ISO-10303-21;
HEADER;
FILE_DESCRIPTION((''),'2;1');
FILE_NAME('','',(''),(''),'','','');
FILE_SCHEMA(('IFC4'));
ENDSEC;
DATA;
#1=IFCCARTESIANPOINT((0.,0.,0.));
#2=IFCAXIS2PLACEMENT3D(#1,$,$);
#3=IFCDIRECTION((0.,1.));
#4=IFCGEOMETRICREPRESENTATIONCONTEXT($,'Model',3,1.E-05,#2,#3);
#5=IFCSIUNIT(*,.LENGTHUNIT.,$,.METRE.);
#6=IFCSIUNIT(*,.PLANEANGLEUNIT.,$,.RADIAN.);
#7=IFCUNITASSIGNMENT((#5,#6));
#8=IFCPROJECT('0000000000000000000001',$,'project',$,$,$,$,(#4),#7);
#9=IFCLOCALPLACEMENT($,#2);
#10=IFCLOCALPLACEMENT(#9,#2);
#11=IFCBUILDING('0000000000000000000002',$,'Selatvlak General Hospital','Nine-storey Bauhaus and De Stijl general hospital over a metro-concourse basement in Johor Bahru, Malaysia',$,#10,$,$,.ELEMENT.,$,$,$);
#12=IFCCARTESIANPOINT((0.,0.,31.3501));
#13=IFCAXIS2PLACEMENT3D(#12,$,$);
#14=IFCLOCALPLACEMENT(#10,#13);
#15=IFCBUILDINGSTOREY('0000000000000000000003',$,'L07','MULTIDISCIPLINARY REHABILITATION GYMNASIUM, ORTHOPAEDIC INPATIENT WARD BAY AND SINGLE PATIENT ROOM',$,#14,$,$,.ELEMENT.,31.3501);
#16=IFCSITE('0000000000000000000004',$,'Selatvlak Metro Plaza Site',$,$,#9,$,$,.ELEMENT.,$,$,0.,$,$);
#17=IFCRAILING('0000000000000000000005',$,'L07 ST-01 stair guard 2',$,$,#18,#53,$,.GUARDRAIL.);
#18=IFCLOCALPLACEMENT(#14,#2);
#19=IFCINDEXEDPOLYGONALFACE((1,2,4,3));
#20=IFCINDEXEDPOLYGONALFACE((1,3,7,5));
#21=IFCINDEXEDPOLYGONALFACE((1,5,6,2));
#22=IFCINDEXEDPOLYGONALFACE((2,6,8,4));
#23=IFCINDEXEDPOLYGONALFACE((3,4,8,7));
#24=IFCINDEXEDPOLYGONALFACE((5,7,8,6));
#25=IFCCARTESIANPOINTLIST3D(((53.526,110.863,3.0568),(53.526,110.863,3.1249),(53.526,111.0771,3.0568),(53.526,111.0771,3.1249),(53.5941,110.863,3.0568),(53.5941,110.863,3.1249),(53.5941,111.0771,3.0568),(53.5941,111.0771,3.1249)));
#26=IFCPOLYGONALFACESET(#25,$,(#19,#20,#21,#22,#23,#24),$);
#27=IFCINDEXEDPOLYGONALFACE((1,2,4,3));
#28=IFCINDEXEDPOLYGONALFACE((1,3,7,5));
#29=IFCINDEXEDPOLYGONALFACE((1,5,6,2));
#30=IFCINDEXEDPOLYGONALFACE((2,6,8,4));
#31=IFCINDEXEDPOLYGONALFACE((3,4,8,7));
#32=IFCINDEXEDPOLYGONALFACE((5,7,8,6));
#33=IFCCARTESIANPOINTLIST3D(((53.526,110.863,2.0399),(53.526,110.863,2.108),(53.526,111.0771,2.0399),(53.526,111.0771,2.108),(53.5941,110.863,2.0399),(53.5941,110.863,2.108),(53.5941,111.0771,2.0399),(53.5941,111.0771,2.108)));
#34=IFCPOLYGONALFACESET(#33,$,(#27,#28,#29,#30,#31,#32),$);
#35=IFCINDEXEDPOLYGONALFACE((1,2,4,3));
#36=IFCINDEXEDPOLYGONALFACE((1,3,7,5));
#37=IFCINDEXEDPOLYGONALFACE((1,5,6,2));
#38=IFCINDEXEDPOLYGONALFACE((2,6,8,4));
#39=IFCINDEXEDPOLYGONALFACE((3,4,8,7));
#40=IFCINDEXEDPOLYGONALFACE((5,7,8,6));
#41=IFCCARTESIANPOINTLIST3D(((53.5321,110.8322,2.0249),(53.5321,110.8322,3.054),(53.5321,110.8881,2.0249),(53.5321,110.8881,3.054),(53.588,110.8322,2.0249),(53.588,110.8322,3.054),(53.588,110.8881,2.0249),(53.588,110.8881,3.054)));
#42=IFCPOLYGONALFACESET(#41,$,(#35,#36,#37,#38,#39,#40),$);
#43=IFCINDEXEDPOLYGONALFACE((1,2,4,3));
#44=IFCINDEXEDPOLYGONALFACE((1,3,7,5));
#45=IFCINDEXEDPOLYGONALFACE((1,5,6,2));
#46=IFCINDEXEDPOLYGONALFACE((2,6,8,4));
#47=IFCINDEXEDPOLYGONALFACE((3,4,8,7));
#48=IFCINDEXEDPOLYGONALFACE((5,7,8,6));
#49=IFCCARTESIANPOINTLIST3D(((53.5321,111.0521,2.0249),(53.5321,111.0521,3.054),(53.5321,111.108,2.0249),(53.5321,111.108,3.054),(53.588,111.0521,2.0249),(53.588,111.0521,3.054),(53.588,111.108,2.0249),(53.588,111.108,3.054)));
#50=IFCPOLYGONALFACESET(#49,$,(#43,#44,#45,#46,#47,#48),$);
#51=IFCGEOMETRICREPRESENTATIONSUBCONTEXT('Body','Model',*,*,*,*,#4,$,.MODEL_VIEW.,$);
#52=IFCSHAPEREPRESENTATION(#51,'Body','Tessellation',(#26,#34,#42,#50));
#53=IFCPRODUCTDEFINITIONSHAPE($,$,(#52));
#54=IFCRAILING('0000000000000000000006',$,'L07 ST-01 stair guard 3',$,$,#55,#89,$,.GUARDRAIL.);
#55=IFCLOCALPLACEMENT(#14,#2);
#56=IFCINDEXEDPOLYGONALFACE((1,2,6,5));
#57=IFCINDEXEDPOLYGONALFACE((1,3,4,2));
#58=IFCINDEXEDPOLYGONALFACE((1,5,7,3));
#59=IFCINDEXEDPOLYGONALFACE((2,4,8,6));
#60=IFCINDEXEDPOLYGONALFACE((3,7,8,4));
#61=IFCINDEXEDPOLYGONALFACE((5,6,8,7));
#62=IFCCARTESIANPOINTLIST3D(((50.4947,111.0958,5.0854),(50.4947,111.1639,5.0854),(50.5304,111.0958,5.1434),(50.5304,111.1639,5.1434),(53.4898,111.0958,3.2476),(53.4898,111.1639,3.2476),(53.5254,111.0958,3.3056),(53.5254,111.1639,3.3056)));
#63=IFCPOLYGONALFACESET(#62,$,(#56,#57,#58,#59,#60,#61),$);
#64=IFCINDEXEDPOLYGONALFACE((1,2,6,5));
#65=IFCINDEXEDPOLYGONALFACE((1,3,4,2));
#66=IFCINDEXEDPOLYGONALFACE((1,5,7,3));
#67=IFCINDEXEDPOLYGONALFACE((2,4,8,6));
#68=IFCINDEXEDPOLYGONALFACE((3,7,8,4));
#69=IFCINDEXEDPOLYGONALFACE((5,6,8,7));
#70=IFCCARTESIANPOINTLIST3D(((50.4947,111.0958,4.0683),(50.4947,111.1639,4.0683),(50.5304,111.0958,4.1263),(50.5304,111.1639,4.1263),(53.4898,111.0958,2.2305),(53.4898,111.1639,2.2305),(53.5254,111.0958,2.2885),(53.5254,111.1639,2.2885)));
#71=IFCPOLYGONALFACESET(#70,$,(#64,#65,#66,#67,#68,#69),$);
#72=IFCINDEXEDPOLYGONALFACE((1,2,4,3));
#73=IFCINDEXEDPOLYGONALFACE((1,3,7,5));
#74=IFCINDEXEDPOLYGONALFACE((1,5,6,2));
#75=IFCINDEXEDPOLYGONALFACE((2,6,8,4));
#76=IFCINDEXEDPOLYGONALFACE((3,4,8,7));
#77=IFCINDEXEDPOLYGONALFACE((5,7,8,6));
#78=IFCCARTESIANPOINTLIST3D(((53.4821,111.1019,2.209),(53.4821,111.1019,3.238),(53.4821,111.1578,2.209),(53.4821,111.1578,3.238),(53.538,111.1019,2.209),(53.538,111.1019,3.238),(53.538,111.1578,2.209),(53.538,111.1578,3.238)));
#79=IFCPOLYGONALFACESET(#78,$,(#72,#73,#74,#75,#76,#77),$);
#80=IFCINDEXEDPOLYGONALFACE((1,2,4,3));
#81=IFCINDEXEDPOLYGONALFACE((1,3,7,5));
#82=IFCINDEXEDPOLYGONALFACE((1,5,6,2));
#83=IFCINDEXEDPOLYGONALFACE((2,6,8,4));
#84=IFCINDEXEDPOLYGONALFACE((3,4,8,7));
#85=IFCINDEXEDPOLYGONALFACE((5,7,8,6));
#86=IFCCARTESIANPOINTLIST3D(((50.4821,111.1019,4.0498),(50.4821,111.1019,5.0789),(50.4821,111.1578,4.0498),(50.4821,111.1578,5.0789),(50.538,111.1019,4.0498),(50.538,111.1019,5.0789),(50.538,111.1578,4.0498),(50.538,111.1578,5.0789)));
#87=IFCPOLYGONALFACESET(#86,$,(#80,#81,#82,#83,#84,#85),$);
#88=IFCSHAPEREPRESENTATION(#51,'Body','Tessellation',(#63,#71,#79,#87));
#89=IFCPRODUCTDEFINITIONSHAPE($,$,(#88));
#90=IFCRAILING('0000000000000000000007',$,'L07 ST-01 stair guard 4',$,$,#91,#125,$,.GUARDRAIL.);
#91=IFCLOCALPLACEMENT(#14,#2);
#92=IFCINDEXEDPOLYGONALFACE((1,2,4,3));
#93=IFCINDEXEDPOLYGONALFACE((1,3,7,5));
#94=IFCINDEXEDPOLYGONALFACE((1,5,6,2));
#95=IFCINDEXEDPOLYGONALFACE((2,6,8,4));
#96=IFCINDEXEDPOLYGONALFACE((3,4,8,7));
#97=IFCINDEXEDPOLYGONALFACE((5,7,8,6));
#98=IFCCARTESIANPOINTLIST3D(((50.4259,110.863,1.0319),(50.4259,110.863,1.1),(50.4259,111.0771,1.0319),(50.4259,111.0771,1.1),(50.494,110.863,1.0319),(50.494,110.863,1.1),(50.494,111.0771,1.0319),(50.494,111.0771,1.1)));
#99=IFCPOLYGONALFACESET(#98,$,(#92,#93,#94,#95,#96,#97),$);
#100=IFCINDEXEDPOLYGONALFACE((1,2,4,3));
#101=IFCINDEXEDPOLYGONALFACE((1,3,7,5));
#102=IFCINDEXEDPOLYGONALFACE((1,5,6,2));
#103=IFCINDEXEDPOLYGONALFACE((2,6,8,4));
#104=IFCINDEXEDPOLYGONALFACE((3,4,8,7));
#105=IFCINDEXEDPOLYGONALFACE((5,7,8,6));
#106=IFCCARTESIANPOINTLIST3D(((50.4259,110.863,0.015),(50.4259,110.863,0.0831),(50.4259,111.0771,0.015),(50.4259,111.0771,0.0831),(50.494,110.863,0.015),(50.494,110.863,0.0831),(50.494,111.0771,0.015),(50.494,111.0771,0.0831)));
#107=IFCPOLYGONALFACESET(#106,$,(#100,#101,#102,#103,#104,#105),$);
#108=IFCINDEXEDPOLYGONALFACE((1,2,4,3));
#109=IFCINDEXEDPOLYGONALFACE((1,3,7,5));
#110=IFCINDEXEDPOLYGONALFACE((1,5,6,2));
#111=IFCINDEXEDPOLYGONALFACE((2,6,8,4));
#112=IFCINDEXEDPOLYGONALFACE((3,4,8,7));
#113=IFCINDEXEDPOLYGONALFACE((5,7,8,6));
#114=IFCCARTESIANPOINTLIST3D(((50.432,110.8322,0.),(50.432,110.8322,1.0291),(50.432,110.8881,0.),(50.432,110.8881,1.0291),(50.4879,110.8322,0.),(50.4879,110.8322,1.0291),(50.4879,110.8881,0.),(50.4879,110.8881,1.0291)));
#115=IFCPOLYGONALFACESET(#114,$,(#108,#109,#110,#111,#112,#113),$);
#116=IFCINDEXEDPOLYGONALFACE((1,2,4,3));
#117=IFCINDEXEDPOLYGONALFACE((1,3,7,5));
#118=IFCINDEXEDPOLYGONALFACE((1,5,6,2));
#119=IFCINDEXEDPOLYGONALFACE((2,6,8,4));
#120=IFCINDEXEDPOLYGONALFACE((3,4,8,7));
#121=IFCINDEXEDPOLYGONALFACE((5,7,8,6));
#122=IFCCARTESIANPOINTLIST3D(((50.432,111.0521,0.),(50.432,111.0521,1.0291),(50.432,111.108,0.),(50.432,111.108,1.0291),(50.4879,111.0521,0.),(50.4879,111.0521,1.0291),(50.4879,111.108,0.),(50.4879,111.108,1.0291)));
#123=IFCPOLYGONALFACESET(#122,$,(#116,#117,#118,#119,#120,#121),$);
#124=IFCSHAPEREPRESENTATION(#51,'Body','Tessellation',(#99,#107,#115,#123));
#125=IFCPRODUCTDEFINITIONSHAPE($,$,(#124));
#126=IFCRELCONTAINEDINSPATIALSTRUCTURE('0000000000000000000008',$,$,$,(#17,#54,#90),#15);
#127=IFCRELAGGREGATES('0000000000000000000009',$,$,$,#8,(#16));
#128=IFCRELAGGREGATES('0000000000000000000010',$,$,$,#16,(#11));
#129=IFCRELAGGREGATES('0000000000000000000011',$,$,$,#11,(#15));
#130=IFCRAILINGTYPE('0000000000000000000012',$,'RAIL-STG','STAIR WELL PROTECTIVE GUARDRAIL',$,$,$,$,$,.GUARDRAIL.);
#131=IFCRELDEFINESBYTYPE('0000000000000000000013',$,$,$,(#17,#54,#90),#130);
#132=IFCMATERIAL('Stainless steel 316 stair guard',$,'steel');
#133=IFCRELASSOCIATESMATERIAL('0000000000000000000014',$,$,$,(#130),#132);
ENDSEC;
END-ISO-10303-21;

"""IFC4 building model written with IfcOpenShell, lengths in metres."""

from ifc_helpers import new_model, si_unit, direction, frame, origin, origin_2d, place, context, subcontext, project, spatial, rectangle, extrude, material, type_object, element, save


model = new_model("IFC4")

# Units and contexts
model_context = context("Model", 3, precision=1e-05, world=origin(), true_north=direction((0.0, 1.0)))
body_context = subcontext(model_context, "Body", "Model", "MODEL_VIEW")
ifc_project = project(units=[si_unit("LENGTHUNIT", "METRE"), si_unit("PLANEANGLEUNIT", "RADIAN")], contexts=[model_context])

# Site, building, storey
site_placement = place(None, origin())
site = spatial("IfcSite", under=ifc_project, at=site_placement, Name="Selatvlak Metro Plaza Site", CompositionType="ELEMENT", RefElevation=0.0)
building_placement = place(site_placement, origin())
building = spatial("IfcBuilding", under=site, at=building_placement, Name="Selatvlak General Hospital", Description="Nine-storey Bauhaus and De Stijl general hospital over a metro-concourse basement in Johor Bahru, Malaysia", CompositionType="ELEMENT")
storey_placement = place(building_placement, frame((0.0, 0.0, 31.3501)))
storey = spatial("IfcBuildingStorey", under=building, at=storey_placement, Name="L07", Description="MULTIDISCIPLINARY REHABILITATION GYMNASIUM, ORTHOPAEDIC INPATIENT WARD BAY AND SINGLE PATIENT ROOM", CompositionType="ELEMENT", Elevation=31.3501)

# Railings
ifc_material_1 = material(Name="Stainless steel 316 stair guard", Category="steel")
railing_type_1 = type_object("IfcRailingType", Name="RAIL-STG", Description="STAIR WELL PROTECTIVE GUARDRAIL", PredefinedType="GUARDRAIL", material=ifc_material_1)
railing_1_placement = place(storey_placement, frame((53.5601, 110.8601, 2.0249)))
element("IfcRailing", 1, at=railing_1_placement, inside=storey, type_object=railing_type_1, Name="L07 ST-01 stair guard 2", PredefinedType="GUARDRAIL", context=body_context, shape_type="SweptSolid", body=[
    extrude(rectangle(XDim=0.0681, YDim=0.0681, at=origin_2d()), frame((0.0, 0.0029, 1.0659), z_axis=(0.0, 1.0, 0.0), x_axis=(-1.0, 0.0, 0.0)), (0.0, 0.0, 1.0), 0.2141),
    extrude(rectangle(XDim=0.0681, YDim=0.0681, at=origin_2d()), frame((0.0, 0.0029, 0.0491), z_axis=(0.0, 1.0, 0.0), x_axis=(-1.0, 0.0, 0.0)), (0.0, 0.0, 1.0), 0.2141),
    extrude(rectangle(XDim=0.0559, YDim=0.0559, at=origin_2d()), origin(), (0.0, 0.0, 1.0), 1.0291),
    extrude(rectangle(XDim=0.0559, YDim=0.0559, at=origin_2d()), frame((0.0, 0.22, 0.0)), (0.0, 0.0, 1.0), 1.0291),
])
railing_2_placement = place(storey_placement, frame((53.51, 111.1299, 2.209)))
element("IfcRailing", 2, at=railing_2_placement, inside=storey, type_object=railing_type_1, Name="L07 ST-01 stair guard 3", PredefinedType="GUARDRAIL", context=body_context, shape_type="SweptSolid", body=[
    extrude(rectangle(XDim=0.0681, YDim=0.0681, at=origin_2d()), frame((-0.0024, 0.0, 1.0676), z_axis=(-0.852334, 0.0, 0.522998), x_axis=(0.0, -1.0, 0.0)), (0.0, 0.0, 1.0), 3.5139),
    extrude(rectangle(XDim=0.0681, YDim=0.0681, at=origin_2d()), frame((-0.0024, 0.0, 0.0505), z_axis=(-0.852334, 0.0, 0.522998), x_axis=(0.0, -1.0, 0.0)), (0.0, 0.0, 1.0), 3.5139),
    extrude(rectangle(XDim=0.0559, YDim=0.0559, at=origin_2d()), origin(), (0.0, 0.0, 1.0), 1.0291),
    extrude(rectangle(XDim=0.0559, YDim=0.0559, at=origin_2d()), frame((-3.0, 0.0, 1.8408)), (0.0, 0.0, 1.0), 1.0291),
])
railing_3_placement = place(storey_placement, frame((50.46, 110.8601, 0.0)))
element("IfcRailing", 3, at=railing_3_placement, inside=storey, type_object=railing_type_1, Name="L07 ST-01 stair guard 4", PredefinedType="GUARDRAIL", context=body_context, shape_type="SweptSolid", body=[
    extrude(rectangle(XDim=0.0681, YDim=0.0681, at=origin_2d()), frame((0.0, 0.0029, 1.0659), z_axis=(0.0, 1.0, 0.0), x_axis=(-1.0, 0.0, 0.0)), (0.0, 0.0, 1.0), 0.2141),
    extrude(rectangle(XDim=0.0681, YDim=0.0681, at=origin_2d()), frame((0.0, 0.0029, 0.0491), z_axis=(0.0, 1.0, 0.0), x_axis=(-1.0, 0.0, 0.0)), (0.0, 0.0, 1.0), 0.2141),
    extrude(rectangle(XDim=0.0559, YDim=0.0559, at=origin_2d()), origin(), (0.0, 0.0, 1.0), 1.0291),
    extrude(rectangle(XDim=0.0559, YDim=0.0559, at=origin_2d()), frame((0.0, 0.22, 0.0)), (0.0, 0.0, 1.0), 1.0291),
])

save(model, "model.ifc")
